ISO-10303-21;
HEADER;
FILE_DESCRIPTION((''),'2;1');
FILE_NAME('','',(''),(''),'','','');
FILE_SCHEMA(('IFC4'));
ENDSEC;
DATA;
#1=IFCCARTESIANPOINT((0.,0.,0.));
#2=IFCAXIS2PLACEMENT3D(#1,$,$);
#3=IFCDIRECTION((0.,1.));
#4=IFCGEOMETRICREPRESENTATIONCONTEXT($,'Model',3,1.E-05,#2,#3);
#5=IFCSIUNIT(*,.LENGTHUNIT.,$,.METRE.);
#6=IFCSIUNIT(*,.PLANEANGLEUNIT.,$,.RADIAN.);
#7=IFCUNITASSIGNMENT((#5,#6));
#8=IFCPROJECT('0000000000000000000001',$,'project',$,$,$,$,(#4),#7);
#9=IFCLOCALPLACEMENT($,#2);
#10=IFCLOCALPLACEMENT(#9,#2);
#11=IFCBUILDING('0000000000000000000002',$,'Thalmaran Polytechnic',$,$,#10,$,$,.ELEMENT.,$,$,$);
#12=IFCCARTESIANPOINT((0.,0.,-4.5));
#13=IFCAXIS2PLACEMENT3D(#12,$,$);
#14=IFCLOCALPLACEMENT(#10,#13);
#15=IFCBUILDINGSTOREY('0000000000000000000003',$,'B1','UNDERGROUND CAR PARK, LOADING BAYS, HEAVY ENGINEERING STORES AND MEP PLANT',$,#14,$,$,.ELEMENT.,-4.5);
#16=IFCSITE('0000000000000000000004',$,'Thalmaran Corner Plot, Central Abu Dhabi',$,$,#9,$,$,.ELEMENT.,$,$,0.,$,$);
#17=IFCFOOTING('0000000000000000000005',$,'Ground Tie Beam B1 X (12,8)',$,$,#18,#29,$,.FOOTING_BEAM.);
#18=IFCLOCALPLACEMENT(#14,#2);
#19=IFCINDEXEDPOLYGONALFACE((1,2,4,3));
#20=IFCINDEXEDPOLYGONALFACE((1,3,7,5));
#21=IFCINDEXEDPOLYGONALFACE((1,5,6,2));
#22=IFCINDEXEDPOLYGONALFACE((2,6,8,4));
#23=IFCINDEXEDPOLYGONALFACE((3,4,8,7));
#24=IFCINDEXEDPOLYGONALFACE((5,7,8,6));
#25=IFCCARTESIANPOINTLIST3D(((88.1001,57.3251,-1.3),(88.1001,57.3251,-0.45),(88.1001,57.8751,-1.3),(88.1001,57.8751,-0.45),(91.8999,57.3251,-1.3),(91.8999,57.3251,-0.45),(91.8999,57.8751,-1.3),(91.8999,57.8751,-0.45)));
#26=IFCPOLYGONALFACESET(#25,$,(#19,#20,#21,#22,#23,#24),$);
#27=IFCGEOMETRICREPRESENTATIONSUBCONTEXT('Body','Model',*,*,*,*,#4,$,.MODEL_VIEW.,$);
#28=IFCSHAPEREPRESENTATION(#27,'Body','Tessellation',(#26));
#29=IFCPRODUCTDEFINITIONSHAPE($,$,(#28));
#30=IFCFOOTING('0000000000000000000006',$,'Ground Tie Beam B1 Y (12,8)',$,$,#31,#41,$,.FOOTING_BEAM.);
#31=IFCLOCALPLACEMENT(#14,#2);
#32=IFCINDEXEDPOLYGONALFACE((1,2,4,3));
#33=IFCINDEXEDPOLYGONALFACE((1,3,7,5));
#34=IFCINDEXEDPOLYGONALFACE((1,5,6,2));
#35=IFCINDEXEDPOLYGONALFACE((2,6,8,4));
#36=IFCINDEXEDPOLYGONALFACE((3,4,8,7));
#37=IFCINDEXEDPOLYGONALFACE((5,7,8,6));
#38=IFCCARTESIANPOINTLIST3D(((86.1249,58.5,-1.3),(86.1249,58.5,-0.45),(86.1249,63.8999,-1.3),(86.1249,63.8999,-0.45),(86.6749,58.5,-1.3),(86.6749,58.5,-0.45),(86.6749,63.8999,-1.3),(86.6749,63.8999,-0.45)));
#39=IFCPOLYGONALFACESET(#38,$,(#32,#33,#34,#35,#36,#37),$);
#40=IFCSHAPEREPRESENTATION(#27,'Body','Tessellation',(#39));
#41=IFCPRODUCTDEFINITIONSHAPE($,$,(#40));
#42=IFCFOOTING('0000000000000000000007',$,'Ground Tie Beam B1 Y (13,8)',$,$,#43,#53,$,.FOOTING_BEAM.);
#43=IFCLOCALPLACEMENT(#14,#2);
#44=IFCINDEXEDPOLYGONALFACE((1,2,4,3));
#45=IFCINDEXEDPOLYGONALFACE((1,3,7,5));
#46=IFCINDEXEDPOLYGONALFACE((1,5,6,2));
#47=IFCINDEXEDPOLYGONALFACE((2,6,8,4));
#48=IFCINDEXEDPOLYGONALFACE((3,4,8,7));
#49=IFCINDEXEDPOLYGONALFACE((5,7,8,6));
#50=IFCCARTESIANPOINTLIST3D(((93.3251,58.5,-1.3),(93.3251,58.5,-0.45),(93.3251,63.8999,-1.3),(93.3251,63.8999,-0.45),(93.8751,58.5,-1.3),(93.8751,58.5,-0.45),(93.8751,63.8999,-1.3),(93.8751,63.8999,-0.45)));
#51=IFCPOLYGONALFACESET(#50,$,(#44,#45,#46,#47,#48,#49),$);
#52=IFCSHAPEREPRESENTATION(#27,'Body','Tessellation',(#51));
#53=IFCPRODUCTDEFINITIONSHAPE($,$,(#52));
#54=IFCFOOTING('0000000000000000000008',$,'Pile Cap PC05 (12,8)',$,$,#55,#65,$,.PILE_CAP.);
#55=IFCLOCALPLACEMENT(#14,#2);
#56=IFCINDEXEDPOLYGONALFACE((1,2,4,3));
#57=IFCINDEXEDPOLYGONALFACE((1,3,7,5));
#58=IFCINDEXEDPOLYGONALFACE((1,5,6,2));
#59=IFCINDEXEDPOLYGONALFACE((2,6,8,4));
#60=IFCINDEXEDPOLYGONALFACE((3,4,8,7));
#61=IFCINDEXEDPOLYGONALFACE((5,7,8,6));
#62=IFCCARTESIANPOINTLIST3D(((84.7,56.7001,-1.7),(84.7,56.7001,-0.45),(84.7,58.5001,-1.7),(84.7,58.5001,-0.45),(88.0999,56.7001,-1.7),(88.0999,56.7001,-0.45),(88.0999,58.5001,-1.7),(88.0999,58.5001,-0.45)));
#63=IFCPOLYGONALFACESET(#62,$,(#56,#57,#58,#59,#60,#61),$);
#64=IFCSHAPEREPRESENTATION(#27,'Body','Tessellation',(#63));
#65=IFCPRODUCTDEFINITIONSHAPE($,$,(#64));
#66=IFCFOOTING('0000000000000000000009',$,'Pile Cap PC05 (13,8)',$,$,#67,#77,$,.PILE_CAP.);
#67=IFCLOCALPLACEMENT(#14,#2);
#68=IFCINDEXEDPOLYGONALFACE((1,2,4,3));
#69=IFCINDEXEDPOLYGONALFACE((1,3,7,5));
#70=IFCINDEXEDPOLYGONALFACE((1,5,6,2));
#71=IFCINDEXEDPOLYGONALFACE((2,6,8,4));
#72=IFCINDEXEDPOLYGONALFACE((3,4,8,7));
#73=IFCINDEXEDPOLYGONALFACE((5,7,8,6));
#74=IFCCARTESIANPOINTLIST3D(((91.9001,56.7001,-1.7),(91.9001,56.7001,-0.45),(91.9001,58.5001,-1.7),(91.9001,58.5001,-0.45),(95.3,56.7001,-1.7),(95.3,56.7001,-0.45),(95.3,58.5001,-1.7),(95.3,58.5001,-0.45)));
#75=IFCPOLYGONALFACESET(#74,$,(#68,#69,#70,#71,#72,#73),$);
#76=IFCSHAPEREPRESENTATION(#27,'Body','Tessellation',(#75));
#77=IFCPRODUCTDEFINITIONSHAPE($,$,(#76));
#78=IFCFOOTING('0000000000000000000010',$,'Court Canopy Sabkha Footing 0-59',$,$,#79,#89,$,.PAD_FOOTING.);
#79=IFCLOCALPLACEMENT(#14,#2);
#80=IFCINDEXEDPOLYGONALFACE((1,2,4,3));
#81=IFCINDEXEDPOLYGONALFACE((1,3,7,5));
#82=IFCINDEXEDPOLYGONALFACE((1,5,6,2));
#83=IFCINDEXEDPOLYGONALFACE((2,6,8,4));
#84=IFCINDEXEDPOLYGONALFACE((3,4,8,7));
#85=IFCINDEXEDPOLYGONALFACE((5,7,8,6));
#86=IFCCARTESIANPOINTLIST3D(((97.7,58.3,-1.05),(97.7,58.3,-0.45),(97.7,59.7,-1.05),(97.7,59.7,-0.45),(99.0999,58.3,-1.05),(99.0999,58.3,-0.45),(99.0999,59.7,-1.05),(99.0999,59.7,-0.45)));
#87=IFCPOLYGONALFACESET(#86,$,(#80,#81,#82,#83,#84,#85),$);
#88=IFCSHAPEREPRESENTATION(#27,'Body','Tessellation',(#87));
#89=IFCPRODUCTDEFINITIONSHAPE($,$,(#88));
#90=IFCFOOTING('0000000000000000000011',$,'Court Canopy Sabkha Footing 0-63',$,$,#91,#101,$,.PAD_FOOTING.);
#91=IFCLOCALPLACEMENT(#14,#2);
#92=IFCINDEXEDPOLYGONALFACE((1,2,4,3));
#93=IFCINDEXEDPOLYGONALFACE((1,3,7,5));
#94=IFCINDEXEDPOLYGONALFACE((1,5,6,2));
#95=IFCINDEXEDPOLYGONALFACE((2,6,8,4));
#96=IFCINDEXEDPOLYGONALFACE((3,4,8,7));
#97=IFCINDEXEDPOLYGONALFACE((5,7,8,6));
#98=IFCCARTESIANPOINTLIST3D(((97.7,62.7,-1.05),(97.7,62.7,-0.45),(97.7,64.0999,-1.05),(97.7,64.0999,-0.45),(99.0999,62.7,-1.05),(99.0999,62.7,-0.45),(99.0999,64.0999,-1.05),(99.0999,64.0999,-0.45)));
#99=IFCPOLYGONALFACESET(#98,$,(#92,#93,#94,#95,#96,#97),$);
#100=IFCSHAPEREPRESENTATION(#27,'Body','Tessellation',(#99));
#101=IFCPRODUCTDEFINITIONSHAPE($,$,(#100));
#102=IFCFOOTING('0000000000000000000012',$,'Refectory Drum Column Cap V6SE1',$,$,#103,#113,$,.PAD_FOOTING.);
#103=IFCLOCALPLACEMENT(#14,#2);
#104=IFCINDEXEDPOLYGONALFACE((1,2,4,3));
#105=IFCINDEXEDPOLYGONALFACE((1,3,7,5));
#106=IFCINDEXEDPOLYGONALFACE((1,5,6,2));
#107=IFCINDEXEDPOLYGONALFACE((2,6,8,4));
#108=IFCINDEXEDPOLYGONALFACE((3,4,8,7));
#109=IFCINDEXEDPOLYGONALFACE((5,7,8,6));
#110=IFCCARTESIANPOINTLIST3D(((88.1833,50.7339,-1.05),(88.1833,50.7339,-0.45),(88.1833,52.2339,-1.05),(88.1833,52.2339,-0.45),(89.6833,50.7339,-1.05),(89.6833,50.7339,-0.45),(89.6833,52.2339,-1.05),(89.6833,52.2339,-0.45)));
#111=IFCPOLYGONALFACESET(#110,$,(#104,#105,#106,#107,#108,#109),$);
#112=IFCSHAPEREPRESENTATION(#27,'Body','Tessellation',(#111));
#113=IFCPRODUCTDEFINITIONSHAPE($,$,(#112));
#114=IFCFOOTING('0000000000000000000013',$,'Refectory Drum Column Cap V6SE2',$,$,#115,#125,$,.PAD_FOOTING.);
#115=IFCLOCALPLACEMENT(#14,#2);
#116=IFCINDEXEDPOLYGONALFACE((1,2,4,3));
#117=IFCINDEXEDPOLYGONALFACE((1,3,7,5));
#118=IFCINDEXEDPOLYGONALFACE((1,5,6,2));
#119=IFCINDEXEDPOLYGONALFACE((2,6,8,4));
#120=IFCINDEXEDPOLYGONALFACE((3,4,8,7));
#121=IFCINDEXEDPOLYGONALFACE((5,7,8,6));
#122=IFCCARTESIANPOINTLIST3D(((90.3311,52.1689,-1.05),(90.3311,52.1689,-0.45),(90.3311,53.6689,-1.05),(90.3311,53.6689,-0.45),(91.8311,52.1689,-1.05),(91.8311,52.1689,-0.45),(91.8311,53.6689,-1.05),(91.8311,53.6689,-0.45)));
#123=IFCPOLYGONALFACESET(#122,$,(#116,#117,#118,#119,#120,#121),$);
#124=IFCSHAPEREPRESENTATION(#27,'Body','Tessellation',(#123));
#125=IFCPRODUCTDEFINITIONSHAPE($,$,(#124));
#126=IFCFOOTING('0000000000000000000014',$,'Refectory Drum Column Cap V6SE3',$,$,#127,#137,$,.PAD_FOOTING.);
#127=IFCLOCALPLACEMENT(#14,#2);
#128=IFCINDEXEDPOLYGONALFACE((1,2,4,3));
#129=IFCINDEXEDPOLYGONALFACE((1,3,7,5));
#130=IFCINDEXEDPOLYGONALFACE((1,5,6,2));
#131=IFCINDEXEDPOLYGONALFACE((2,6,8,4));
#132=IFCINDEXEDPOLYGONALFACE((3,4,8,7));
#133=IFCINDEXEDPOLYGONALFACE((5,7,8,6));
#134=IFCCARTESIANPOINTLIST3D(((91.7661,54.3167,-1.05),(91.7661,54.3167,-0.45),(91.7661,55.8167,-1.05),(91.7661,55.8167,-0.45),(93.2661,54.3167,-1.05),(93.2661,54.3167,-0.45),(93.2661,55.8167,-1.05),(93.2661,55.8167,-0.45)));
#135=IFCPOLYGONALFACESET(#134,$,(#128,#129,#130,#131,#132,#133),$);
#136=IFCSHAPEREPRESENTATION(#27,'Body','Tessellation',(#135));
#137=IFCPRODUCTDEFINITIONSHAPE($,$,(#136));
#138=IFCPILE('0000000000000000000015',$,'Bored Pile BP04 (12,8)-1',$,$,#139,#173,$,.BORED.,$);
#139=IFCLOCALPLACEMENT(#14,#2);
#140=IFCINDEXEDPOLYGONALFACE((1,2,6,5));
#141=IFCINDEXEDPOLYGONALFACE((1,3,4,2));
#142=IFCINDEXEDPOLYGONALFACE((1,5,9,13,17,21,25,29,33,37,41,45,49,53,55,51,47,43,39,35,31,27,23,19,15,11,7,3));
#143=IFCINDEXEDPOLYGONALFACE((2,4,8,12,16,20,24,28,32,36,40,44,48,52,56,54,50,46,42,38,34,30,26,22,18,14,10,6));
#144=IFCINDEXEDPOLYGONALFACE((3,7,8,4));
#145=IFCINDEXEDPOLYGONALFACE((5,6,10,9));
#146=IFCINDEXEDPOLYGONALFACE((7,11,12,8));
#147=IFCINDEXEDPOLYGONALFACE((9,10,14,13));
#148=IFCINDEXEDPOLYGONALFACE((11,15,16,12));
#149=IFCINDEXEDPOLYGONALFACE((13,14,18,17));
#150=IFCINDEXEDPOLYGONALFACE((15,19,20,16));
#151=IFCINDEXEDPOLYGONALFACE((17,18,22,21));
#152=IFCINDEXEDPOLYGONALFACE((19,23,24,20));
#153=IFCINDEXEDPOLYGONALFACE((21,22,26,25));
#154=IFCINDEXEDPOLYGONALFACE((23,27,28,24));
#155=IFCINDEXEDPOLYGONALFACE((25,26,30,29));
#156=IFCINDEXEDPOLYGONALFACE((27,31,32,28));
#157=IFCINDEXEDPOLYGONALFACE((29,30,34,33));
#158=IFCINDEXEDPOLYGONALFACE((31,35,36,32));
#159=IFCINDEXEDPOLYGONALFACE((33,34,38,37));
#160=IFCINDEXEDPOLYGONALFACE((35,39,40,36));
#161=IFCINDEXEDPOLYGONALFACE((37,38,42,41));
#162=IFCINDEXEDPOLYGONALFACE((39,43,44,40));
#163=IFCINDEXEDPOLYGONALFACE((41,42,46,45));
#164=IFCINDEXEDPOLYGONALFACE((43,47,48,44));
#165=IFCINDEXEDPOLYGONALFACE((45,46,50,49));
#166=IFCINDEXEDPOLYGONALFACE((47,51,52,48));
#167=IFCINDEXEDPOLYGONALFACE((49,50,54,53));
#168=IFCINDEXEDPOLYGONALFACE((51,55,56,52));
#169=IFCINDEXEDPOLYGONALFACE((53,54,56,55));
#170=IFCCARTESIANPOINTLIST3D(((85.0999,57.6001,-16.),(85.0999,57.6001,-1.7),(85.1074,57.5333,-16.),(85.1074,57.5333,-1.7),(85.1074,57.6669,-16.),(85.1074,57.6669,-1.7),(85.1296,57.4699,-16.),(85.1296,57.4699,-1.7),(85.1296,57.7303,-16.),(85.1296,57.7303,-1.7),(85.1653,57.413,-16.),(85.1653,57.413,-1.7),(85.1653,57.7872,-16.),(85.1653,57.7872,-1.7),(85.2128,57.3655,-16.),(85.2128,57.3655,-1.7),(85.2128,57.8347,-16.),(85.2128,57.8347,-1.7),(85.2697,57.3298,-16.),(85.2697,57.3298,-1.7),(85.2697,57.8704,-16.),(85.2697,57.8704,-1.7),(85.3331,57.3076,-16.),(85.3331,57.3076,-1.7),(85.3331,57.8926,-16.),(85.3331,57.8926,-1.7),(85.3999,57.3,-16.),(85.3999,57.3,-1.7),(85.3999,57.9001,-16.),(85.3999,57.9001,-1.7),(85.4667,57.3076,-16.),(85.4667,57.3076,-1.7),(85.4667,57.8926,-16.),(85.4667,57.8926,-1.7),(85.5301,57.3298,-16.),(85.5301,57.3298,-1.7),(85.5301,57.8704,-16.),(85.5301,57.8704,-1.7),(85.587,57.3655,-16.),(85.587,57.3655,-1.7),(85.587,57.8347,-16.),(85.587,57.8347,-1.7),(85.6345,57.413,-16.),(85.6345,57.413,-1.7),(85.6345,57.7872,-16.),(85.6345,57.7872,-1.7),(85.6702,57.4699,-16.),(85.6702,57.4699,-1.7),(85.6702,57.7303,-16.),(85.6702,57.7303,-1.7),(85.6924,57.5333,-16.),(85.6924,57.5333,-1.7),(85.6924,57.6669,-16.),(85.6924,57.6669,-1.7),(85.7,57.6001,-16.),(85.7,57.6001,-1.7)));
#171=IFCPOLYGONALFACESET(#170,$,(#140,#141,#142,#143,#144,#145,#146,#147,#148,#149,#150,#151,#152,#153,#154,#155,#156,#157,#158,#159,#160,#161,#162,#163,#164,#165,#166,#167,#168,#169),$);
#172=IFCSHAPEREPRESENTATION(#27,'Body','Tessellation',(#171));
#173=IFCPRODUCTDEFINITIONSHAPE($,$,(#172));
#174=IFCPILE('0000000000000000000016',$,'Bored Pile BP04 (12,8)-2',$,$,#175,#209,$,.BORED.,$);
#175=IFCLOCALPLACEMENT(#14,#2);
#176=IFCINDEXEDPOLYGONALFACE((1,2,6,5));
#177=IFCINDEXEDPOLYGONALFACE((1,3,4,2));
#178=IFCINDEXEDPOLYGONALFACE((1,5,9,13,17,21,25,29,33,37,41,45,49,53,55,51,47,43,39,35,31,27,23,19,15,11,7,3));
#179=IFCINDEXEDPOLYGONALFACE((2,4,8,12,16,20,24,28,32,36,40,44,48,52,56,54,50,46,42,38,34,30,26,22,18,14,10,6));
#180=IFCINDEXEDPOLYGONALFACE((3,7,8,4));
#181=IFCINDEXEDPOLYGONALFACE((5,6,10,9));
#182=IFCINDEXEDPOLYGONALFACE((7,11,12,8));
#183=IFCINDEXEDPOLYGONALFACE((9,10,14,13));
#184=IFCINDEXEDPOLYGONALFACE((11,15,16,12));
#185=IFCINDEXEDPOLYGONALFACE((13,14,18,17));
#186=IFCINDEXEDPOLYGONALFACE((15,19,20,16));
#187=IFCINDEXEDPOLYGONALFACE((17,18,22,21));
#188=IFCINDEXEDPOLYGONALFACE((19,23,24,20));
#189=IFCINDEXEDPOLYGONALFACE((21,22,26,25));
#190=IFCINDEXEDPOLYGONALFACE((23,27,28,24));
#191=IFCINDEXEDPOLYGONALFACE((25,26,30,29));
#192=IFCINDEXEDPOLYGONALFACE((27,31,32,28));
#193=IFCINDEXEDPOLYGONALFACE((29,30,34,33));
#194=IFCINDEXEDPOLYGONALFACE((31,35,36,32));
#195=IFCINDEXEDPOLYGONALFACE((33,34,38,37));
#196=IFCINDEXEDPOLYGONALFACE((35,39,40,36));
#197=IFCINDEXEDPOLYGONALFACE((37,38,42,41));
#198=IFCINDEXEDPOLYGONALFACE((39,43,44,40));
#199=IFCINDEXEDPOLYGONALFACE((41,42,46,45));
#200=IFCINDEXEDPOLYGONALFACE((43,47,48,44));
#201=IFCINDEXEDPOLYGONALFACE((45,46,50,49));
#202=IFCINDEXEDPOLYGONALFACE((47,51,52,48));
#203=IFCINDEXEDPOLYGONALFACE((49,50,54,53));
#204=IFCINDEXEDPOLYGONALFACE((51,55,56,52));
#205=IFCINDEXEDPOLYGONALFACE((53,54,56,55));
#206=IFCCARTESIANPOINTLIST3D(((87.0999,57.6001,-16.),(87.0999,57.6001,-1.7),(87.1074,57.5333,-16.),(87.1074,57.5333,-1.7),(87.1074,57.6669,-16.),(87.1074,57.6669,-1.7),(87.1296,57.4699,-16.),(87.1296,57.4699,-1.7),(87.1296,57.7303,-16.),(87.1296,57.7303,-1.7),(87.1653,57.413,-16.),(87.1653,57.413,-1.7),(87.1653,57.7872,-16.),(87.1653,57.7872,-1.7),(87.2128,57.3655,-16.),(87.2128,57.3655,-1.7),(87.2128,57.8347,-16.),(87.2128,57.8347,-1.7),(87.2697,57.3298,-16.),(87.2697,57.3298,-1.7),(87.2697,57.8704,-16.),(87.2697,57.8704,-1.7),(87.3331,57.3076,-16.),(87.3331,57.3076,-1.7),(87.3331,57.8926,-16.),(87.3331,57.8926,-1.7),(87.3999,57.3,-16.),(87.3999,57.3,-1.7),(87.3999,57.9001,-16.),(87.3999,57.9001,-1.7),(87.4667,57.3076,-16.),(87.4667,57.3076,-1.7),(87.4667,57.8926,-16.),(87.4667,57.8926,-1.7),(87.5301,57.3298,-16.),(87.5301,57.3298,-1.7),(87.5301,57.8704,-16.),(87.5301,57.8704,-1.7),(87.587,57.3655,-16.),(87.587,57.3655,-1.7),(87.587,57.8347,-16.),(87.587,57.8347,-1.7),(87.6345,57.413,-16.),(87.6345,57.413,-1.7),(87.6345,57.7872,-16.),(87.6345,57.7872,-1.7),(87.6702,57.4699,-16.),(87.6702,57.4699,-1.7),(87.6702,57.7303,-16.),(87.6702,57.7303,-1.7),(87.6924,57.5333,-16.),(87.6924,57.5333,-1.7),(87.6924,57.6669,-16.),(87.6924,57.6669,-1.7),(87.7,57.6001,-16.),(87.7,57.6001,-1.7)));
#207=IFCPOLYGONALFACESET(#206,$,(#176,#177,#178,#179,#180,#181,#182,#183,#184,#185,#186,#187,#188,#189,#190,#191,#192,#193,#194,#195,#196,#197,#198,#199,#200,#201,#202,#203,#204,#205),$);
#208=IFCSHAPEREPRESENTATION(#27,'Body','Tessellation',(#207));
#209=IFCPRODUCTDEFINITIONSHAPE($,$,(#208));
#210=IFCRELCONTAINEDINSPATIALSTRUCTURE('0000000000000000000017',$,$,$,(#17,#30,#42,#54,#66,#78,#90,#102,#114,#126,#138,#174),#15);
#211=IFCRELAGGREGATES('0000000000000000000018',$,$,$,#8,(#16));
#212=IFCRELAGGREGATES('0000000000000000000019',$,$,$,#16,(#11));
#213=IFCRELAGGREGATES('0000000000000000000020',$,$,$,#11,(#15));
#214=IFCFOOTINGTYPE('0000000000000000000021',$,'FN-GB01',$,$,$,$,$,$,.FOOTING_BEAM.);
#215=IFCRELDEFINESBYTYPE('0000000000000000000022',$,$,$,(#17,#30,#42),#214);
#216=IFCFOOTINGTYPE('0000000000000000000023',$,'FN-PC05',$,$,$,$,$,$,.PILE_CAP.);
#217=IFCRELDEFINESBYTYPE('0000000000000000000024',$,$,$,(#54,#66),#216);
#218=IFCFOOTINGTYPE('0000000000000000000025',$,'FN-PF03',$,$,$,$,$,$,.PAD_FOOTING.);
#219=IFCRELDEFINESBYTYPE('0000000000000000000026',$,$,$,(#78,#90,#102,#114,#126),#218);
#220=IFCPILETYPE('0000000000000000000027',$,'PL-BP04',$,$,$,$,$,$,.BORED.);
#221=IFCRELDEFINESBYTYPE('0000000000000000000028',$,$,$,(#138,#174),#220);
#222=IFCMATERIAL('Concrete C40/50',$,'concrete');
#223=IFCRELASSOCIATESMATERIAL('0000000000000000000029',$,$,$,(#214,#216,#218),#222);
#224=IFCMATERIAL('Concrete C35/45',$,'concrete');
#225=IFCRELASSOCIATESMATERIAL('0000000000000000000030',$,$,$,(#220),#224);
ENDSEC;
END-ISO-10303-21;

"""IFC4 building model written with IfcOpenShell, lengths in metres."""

from ifc_helpers import new_model, si_unit, direction, frame, origin, origin_2d, place, context, subcontext, project, spatial, rectangle, circle, extrude, material, material_profile, profile_set, type_object, element, save


model = new_model("IFC4")

# Units and contexts
model_context = context("Model", 3, precision=1e-05, world=origin(), true_north=direction((0.0, 1.0)))
body_context = subcontext(model_context, "Body", "Model", "MODEL_VIEW")
ifc_project = project(units=[si_unit("LENGTHUNIT", "METRE"), si_unit("PLANEANGLEUNIT", "RADIAN")], contexts=[model_context])

# Site, building, storey
site_placement = place(None, origin())
site = spatial("IfcSite", under=ifc_project, at=site_placement, Name="Thalmaran Corner Plot, Central Abu Dhabi", CompositionType="ELEMENT", RefElevation=0.0)
building_placement = place(site_placement, origin())
building = spatial("IfcBuilding", under=site, at=building_placement, Name="Thalmaran Polytechnic", CompositionType="ELEMENT")
storey_placement = place(building_placement, frame((0.0, 0.0, -4.5)))
storey = spatial("IfcBuildingStorey", under=building, at=storey_placement, Name="B1", Description="UNDERGROUND CAR PARK, LOADING BAYS, HEAVY ENGINEERING STORES AND MEP PLANT", CompositionType="ELEMENT", Elevation=-4.5)

# Footings
ifc_material_1 = material(Name="Concrete C40/50", Category="concrete")
ifc_material_profile_1 = material_profile(ifc_material_1, rectangle(XDim=0.55, YDim=0.8501, at=origin_2d()), Name="RC 550x850")
ifc_profile_set_1 = profile_set([ifc_material_profile_1], Name="Concrete C40/50")
footing_type_1 = type_object("IfcFootingType", Name="FN-GB01", PredefinedType="FOOTING_BEAM", material=ifc_profile_set_1)
footing_placement = place(storey_placement, frame((88.1001, 57.6001, -0.875), z_axis=(1.0, 0.0, 0.0), x_axis=(0.0, 1.0, 0.0)))
element("IfcFooting", 1, at=footing_placement, inside=storey, type_object=footing_type_1, Name="Ground Tie Beam B1 X (12,8)", PredefinedType="FOOTING_BEAM", context=body_context, shape_type="SweptSolid", body=[
    extrude(rectangle(XDim=0.55, YDim=0.8501, at=origin_2d()), origin(), (0.0, 0.0, 1.0), 3.7998),
])
for number, where, z_axis, x_axis, name in (
    (2, (86.3999, 58.5, -0.875), (0.0, 1.0, 0.0), (-1.0, 0.0, 0.0), "Ground Tie Beam B1 Y (12,8)"),
    (3, (93.6001, 58.5, -0.875), (0.0, 1.0, 0.0), (-1.0, 0.0, 0.0), "Ground Tie Beam B1 Y (13,8)"),
):
    element("IfcFooting", number, at=place(storey_placement, frame(where, z_axis=z_axis, x_axis=x_axis)), inside=storey, type_object=footing_type_1, Name=name, PredefinedType="FOOTING_BEAM", context=body_context, shape_type="SweptSolid", body=[
        extrude(rectangle(XDim=0.55, YDim=0.8501, at=origin_2d()), origin(), (0.0, 0.0, 1.0), 5.3999),
    ])
footing_type_2 = type_object("IfcFootingType", Name="FN-PC05", PredefinedType="PILE_CAP", material=ifc_material_1)
for number, where, z_axis, x_axis, name in (
    (4, (86.3999, 57.6001, -1.7), (0.0, 0.0, 1.0), (1.0, 0.0, 0.0), "Pile Cap PC05 (12,8)"),
    (5, (93.6001, 57.6001, -1.7), (0.0, 0.0, 1.0), (1.0, 0.0, 0.0), "Pile Cap PC05 (13,8)"),
):
    element("IfcFooting", number, at=place(storey_placement, frame(where, z_axis=z_axis, x_axis=x_axis)), inside=storey, type_object=footing_type_2, Name=name, PredefinedType="PILE_CAP", context=body_context, shape_type="SweptSolid", body=[
        extrude(rectangle(XDim=3.3999, YDim=1.8, at=origin_2d()), origin(), (0.0, 0.0, 1.0), 1.25),
    ])
footing_type_3 = type_object("IfcFootingType", Name="FN-PF03", PredefinedType="PAD_FOOTING", material=ifc_material_1)
for number, where, z_axis, x_axis, name in (
    (6, (98.3999, 59.0, -1.05), (0.0, 0.0, 1.0), (1.0, 0.0, 0.0), "Court Canopy Sabkha Footing 0-59"),
    (7, (98.3999, 63.3999, -1.05), (0.0, 0.0, 1.0), (1.0, 0.0, 0.0), "Court Canopy Sabkha Footing 0-63"),
):
    element("IfcFooting", number, at=place(storey_placement, frame(where, z_axis=z_axis, x_axis=x_axis)), inside=storey, type_object=footing_type_3, Name=name, PredefinedType="PAD_FOOTING", context=body_context, shape_type="SweptSolid", body=[
        extrude(rectangle(XDim=1.3999, YDim=1.3999, at=origin_2d()), origin(), (0.0, 0.0, 1.0), 0.6001),
    ])
for number, where, z_axis, x_axis, name in (
    (8, (88.9333, 51.4839, -1.05), (0.0, 0.0, 1.0), (1.0, 0.0, 0.0), "Refectory Drum Column Cap V6SE1"),
    (9, (91.0811, 52.9189, -1.05), (0.0, 0.0, 1.0), (1.0, 0.0, 0.0), "Refectory Drum Column Cap V6SE2"),
    (10, (92.5161, 55.0667, -1.05), (0.0, 0.0, 1.0), (1.0, 0.0, 0.0), "Refectory Drum Column Cap V6SE3"),
):
    element("IfcFooting", number, at=place(storey_placement, frame(where, z_axis=z_axis, x_axis=x_axis)), inside=storey, type_object=footing_type_3, Name=name, PredefinedType="PAD_FOOTING", context=body_context, shape_type="SweptSolid", body=[
        extrude(rectangle(XDim=1.5, YDim=1.5, at=origin_2d()), origin(), (0.0, 0.0, 1.0), 0.6001),
    ])

# Piles
ifc_material_2 = material(Name="Concrete C35/45", Category="concrete")
ifc_material_profile_2 = material_profile(ifc_material_2, circle(Radius=0.3, at=origin_2d()), Name="RC 600 DIA")
ifc_profile_set_2 = profile_set([ifc_material_profile_2], Name="Concrete C35/45")
pile_type = type_object("IfcPileType", Name="PL-BP04", PredefinedType="BORED", material=ifc_profile_set_2)
for number, where, z_axis, x_axis, name in (
    (11, (85.3999, 57.6001, -1.7), (0.0, 0.0, -1.0), (1.0, 0.0, 0.0), "Bored Pile BP04 (12,8)-1"),
    (12, (87.3999, 57.6001, -1.7), (0.0, 0.0, -1.0), (1.0, 0.0, 0.0), "Bored Pile BP04 (12,8)-2"),
):
    element("IfcPile", number, at=place(storey_placement, frame(where, z_axis=z_axis, x_axis=x_axis)), inside=storey, type_object=pile_type, Name=name, PredefinedType="BORED", context=body_context, shape_type="SweptSolid", body=[
        extrude(circle(Radius=0.3, at=origin_2d()), origin(), (0.0, 0.0, 1.0), 14.3),
    ])

save(model, "model.ifc")
